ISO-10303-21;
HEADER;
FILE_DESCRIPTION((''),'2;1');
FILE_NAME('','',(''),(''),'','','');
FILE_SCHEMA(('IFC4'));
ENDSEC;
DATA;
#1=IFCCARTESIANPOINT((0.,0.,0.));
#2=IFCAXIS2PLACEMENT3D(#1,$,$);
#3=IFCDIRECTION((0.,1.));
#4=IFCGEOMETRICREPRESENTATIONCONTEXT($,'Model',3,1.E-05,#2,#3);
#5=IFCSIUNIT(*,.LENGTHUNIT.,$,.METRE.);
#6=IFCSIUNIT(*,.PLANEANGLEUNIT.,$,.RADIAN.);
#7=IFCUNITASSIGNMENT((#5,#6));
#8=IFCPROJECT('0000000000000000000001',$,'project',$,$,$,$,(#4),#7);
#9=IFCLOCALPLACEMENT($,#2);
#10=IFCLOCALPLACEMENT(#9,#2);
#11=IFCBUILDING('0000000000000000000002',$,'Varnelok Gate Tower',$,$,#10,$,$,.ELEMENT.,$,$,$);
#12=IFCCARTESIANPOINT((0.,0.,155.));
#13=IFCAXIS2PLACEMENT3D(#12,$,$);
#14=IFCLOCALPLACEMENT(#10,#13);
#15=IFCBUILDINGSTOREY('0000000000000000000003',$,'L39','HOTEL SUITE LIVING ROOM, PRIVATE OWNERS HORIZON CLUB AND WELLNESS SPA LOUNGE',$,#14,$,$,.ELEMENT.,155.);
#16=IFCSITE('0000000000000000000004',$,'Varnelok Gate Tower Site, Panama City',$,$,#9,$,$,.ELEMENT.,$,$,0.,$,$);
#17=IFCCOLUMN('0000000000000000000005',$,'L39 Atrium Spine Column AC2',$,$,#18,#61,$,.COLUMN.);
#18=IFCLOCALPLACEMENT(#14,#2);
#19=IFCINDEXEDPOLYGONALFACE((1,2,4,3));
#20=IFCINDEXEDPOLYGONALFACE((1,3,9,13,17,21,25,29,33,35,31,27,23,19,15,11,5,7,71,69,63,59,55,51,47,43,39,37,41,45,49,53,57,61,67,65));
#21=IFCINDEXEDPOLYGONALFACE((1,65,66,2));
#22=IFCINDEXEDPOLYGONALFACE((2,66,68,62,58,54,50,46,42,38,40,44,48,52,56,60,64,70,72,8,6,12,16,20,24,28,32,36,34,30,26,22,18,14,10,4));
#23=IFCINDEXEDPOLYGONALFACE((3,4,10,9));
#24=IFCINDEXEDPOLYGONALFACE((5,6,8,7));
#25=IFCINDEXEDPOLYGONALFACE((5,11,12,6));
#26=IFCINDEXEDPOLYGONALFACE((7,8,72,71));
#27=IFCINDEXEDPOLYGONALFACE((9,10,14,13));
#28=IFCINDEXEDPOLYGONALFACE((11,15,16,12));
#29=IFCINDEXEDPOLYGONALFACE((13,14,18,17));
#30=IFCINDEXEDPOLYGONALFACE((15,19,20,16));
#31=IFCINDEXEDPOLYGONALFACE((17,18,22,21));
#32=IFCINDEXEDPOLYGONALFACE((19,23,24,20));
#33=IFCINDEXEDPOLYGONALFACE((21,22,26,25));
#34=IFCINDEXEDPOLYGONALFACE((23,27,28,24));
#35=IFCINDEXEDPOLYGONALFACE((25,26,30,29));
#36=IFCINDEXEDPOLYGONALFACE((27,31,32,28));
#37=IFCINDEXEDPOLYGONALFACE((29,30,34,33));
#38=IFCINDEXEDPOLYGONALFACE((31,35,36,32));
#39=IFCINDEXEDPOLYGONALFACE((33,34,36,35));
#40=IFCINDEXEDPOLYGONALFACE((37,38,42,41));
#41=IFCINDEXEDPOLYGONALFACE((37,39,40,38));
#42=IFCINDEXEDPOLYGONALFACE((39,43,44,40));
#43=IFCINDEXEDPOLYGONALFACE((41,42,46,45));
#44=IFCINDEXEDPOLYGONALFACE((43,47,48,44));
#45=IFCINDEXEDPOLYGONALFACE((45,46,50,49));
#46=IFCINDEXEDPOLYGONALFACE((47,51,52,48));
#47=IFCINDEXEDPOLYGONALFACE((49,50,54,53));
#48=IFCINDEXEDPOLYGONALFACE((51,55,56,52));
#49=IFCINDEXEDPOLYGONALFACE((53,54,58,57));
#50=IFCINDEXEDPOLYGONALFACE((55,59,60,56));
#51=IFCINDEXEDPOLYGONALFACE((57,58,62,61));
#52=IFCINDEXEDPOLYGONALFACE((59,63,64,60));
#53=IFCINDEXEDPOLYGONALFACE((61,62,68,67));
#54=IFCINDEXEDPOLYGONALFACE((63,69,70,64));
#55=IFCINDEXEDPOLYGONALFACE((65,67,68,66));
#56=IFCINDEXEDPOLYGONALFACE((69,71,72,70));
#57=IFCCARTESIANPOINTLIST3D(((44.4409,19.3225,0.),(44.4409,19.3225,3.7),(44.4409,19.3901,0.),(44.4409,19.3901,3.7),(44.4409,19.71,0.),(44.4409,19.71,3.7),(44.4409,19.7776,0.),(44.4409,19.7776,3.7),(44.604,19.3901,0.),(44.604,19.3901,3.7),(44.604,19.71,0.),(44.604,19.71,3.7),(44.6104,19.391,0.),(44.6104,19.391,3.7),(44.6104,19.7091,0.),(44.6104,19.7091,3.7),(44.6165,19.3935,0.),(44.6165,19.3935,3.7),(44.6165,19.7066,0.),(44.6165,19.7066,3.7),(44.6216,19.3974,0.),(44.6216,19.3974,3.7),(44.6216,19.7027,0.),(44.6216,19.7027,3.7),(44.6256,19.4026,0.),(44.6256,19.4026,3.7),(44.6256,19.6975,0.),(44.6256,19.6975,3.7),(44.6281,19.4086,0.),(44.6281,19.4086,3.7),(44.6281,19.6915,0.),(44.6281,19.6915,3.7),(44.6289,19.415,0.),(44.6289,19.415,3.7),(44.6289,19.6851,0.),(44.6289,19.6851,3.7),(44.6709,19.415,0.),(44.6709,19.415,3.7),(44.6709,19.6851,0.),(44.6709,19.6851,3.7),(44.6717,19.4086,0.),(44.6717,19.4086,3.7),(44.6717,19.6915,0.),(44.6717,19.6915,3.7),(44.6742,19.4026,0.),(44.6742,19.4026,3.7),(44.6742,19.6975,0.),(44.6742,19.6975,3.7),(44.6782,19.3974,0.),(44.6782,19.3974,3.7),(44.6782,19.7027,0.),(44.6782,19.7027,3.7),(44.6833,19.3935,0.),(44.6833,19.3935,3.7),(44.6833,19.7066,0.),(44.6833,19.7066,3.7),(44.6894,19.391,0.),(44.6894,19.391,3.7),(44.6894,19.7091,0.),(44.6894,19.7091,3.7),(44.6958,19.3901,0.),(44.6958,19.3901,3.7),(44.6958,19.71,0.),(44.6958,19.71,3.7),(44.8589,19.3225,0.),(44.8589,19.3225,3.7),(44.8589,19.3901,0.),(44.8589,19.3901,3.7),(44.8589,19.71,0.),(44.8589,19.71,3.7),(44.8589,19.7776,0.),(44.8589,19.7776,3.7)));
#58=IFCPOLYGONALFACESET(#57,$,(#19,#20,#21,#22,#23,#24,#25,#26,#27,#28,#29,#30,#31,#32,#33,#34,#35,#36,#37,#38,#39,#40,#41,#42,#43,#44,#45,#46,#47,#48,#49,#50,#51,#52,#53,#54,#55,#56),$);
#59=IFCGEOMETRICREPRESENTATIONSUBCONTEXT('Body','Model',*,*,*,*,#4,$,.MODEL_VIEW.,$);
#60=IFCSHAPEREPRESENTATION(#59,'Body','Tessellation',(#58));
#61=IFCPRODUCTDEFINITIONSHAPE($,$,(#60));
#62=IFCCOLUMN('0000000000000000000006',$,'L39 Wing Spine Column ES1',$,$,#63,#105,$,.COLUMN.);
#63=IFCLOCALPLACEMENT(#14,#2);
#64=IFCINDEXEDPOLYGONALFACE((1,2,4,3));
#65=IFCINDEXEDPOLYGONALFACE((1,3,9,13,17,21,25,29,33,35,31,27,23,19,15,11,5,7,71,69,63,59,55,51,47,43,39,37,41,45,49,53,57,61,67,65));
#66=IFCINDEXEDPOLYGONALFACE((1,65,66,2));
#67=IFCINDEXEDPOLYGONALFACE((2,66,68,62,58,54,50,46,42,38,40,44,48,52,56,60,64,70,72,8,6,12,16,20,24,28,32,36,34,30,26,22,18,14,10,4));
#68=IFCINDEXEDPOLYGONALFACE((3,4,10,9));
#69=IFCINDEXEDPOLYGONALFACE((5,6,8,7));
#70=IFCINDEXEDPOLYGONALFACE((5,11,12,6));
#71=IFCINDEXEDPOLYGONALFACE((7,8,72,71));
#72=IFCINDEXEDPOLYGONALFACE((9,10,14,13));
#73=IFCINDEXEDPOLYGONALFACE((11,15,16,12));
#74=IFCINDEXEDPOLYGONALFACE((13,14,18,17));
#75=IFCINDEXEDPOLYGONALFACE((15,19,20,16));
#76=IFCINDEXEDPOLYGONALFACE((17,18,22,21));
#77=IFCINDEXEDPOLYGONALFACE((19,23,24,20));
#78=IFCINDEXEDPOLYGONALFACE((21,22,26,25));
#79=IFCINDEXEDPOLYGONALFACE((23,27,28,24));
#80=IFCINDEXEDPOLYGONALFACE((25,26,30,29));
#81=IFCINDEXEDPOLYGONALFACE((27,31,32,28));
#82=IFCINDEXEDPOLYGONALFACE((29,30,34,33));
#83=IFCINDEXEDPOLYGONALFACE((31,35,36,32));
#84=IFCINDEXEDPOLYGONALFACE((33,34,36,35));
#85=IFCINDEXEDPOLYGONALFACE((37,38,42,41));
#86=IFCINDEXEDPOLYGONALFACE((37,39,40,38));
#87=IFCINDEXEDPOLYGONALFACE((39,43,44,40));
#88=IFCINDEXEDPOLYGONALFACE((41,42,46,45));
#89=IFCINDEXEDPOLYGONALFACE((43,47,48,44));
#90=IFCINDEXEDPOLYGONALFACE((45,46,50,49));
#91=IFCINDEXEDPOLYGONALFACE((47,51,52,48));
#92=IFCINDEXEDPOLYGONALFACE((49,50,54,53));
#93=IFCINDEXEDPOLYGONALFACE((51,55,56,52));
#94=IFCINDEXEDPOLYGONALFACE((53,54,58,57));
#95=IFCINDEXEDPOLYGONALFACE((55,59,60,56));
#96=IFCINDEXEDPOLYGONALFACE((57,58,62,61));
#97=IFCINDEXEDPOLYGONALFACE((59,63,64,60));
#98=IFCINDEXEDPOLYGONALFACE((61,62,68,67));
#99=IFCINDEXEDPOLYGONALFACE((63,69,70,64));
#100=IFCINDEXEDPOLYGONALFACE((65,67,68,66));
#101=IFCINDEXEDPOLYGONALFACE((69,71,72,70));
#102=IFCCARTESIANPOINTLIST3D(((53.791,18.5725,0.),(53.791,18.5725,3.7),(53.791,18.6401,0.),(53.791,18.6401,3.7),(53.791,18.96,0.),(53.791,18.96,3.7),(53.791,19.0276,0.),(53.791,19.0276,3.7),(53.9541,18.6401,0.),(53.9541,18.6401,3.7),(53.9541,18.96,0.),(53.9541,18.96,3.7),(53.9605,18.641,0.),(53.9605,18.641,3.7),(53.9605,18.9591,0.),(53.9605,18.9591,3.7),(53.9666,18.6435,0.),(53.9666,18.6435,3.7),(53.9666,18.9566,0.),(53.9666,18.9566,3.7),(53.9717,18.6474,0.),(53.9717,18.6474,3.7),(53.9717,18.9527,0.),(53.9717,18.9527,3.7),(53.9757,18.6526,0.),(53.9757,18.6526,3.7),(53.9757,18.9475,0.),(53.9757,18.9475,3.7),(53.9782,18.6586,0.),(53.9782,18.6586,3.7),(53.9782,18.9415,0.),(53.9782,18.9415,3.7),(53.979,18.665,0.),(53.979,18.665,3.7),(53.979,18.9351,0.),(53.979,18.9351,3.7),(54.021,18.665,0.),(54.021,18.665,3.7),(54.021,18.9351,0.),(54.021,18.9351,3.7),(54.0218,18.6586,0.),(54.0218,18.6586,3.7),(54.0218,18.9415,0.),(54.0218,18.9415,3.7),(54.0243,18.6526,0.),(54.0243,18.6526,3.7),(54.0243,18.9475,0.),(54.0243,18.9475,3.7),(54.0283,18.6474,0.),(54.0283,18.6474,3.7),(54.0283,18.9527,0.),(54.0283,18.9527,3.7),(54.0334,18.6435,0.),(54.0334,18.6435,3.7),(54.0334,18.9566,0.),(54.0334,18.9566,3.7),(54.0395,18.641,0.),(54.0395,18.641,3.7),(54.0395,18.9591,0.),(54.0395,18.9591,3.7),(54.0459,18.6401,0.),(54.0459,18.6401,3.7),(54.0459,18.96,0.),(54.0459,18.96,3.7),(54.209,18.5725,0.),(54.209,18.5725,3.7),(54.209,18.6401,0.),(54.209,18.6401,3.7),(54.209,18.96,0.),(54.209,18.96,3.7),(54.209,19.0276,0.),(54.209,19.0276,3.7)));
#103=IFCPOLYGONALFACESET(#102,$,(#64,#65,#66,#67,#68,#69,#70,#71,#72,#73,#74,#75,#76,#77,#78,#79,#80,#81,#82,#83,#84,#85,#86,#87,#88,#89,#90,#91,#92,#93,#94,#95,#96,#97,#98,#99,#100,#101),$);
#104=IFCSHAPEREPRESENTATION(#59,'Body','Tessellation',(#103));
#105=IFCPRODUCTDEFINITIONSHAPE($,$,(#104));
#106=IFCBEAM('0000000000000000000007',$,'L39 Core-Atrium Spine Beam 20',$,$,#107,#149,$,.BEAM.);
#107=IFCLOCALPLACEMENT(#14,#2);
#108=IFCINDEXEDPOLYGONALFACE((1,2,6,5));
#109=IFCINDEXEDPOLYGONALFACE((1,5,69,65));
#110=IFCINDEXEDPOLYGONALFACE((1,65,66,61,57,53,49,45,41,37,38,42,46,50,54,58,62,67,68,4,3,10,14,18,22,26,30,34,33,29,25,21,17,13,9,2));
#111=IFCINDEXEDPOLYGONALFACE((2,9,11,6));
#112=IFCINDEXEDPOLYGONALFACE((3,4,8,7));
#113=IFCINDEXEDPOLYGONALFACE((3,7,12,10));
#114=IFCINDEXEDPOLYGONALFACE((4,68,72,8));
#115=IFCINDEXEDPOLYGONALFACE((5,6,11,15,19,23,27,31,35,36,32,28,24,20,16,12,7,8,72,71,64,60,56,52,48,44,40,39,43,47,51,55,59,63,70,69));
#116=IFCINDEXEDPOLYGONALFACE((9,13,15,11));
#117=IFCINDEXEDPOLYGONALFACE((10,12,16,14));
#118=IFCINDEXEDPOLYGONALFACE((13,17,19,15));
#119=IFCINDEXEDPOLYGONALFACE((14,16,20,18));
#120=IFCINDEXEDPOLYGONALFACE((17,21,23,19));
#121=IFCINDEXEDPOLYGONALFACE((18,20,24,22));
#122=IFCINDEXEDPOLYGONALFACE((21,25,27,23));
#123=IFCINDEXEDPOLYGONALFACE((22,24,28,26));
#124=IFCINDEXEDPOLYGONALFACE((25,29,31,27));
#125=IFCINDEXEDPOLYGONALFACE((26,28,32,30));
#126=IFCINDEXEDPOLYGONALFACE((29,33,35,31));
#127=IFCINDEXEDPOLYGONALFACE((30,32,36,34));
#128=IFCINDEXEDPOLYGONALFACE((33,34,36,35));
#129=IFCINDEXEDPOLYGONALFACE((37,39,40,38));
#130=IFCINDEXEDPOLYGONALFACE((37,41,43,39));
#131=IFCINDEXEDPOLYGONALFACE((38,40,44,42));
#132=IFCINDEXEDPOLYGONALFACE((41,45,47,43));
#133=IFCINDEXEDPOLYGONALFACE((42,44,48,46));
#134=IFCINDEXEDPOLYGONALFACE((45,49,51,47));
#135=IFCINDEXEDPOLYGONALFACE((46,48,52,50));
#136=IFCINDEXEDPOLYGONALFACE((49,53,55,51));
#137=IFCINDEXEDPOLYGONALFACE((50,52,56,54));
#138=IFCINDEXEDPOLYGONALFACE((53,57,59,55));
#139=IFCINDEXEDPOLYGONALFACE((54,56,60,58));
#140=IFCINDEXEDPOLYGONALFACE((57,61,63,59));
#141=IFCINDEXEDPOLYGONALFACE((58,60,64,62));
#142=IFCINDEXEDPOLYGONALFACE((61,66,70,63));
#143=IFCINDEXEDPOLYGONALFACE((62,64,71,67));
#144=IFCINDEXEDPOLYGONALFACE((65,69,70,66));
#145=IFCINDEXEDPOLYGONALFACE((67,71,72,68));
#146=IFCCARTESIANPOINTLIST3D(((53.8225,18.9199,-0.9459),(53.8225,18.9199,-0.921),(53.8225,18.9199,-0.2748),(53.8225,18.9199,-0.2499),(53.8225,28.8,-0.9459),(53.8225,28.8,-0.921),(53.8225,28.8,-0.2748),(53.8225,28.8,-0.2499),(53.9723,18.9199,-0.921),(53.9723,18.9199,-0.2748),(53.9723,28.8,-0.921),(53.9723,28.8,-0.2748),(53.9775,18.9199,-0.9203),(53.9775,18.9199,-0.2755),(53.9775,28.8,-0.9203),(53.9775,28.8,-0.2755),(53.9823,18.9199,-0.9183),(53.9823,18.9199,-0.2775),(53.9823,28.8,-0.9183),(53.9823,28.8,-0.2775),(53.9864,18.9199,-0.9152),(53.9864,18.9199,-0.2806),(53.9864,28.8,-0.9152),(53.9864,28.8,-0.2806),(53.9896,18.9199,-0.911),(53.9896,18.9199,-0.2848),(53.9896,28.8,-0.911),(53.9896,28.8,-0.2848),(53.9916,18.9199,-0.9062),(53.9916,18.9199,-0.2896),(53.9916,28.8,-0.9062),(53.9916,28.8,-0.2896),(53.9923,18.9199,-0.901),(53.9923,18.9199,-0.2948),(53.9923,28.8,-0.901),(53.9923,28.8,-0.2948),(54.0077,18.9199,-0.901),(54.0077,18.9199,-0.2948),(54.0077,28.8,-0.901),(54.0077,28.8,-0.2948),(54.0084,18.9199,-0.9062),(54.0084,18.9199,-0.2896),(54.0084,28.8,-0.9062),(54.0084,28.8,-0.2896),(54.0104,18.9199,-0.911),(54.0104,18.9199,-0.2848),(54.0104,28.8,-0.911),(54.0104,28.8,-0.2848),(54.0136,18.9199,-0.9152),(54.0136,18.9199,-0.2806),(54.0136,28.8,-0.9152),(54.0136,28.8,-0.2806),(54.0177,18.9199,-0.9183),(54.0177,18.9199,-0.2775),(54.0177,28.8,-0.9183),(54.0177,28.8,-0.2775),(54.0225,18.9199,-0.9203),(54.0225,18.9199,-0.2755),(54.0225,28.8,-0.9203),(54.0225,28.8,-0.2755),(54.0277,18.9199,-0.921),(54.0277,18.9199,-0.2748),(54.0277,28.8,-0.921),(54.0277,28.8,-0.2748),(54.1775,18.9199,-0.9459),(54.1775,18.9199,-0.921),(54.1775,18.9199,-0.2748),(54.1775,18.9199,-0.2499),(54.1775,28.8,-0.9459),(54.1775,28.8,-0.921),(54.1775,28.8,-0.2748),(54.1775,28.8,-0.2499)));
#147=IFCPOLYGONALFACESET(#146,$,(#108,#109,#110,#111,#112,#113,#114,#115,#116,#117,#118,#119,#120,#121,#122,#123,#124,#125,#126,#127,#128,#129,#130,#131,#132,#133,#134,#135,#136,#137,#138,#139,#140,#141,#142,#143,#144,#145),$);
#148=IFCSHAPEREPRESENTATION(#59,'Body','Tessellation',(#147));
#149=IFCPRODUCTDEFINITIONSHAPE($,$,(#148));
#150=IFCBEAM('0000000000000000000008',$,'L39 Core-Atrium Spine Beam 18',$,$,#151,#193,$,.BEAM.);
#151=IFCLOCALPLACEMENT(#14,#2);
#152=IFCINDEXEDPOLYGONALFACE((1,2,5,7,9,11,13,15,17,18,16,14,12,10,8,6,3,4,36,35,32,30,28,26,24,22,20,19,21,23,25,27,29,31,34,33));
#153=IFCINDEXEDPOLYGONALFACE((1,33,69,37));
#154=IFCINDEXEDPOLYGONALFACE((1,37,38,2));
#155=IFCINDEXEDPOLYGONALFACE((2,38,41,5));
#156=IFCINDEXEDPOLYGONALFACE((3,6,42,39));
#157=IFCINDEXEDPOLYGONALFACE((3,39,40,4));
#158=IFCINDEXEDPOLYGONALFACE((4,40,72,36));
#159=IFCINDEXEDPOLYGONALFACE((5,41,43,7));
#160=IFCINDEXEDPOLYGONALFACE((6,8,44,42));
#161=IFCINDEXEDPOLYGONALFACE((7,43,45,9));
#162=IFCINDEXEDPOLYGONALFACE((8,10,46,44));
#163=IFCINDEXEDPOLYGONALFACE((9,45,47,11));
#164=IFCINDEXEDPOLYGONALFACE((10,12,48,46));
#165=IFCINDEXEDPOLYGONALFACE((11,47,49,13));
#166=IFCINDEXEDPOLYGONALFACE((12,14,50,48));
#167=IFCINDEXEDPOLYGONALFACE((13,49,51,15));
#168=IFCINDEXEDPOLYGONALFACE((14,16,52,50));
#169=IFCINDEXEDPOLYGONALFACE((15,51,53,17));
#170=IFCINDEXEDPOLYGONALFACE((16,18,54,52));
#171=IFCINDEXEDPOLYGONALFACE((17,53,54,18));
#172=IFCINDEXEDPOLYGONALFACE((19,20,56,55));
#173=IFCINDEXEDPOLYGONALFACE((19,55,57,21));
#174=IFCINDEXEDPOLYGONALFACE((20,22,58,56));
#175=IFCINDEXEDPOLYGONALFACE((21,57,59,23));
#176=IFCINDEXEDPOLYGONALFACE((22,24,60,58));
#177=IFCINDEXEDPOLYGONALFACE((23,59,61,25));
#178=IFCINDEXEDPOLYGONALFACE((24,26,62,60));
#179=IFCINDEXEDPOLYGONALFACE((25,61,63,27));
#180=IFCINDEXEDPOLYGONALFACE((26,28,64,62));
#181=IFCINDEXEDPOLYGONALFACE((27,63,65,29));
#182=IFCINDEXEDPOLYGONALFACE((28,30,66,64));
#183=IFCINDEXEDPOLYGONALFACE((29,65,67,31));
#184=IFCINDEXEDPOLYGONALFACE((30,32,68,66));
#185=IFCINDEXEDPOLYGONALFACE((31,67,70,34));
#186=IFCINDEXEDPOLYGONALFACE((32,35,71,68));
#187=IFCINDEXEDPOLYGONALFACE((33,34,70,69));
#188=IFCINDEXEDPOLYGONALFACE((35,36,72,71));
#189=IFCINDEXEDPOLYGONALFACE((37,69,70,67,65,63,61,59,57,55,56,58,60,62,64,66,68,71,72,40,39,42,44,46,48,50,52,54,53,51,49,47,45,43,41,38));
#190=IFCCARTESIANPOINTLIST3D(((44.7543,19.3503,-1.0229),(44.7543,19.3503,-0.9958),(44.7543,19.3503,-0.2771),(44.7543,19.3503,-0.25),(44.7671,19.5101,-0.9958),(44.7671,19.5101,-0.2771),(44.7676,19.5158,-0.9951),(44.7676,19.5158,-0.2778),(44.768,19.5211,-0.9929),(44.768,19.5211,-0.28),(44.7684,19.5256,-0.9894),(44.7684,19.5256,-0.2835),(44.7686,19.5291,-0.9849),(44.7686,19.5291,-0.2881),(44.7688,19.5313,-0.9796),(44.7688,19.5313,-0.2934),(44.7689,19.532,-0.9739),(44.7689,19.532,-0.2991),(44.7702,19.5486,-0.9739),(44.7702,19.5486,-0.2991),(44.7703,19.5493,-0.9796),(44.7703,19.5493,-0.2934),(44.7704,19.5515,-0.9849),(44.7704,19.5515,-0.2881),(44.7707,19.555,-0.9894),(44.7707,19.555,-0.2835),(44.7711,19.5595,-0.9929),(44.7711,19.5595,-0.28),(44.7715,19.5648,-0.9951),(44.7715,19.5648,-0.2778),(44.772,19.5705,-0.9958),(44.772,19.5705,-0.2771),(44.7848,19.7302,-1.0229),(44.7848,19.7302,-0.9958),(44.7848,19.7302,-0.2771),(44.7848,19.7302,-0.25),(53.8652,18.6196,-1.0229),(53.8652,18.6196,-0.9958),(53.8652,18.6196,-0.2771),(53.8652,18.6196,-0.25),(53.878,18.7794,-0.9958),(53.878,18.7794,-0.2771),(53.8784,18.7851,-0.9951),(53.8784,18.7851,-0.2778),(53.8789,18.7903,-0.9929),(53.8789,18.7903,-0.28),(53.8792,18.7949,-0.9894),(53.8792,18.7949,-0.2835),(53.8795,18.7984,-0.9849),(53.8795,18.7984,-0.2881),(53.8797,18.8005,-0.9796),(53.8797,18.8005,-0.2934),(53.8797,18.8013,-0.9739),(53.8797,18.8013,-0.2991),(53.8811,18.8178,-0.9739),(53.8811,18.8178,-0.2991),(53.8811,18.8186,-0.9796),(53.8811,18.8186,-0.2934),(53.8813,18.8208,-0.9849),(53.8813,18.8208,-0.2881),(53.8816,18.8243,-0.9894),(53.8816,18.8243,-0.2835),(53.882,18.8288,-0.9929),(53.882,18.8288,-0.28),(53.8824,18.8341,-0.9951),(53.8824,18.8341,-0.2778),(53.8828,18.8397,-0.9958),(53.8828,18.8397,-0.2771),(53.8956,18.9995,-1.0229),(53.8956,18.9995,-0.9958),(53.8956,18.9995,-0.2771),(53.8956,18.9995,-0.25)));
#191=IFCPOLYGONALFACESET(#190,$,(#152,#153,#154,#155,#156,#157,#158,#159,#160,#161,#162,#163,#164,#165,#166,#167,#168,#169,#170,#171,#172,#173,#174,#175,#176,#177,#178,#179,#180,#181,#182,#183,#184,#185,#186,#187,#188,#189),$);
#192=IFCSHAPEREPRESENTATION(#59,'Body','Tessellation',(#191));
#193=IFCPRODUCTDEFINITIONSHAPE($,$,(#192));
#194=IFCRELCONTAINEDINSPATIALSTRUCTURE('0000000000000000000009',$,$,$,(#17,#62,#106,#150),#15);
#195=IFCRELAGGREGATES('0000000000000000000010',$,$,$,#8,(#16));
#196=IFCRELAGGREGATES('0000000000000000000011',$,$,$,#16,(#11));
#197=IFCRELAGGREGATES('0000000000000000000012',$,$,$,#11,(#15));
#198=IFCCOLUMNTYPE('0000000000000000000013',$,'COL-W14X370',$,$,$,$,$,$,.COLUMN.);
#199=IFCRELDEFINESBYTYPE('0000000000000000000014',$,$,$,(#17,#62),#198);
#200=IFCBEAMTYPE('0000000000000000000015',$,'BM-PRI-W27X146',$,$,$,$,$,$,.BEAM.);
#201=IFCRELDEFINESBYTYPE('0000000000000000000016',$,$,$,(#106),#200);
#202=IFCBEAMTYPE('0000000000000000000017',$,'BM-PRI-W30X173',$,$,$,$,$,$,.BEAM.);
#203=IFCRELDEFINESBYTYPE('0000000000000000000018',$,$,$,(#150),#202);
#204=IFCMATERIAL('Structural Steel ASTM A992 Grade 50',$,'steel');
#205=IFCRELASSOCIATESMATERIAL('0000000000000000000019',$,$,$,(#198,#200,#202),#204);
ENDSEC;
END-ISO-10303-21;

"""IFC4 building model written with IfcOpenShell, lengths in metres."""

from ifc_helpers import new_model, si_unit, direction, frame, origin, origin_2d, place, context, subcontext, project, spatial, i_section, extrude, material, material_profile, profile_set, type_object, element, save


model = new_model("IFC4")

# Units and contexts
model_context = context("Model", 3, precision=1e-05, world=origin(), true_north=direction((0.0, 1.0)))
body_context = subcontext(model_context, "Body", "Model", "MODEL_VIEW")
ifc_project = project(units=[si_unit("LENGTHUNIT", "METRE"), si_unit("PLANEANGLEUNIT", "RADIAN")], contexts=[model_context])

# Site, building, storey
site_placement = place(None, origin())
site = spatial("IfcSite", under=ifc_project, at=site_placement, Name="Varnelok Gate Tower Site, Panama City", CompositionType="ELEMENT", RefElevation=0.0)
building_placement = place(site_placement, origin())
building = spatial("IfcBuilding", under=site, at=building_placement, Name="Varnelok Gate Tower", CompositionType="ELEMENT")
storey_placement = place(building_placement, frame((0.0, 0.0, 155.0)))
storey = spatial("IfcBuildingStorey", under=building, at=storey_placement, Name="L39", Description="HOTEL SUITE LIVING ROOM, PRIVATE OWNERS HORIZON CLUB AND WELLNESS SPA LOUNGE", CompositionType="ELEMENT", Elevation=155.0)

# Columns
ifc_material_1 = material(Name="Structural Steel ASTM A992 Grade 50", Category="steel")
ifc_material_profile_1 = material_profile(ifc_material_1, i_section(OverallWidth=0.418, OverallDepth=0.4551, WebThickness=0.042, FlangeThickness=0.0676, FilletRadius=0.0249, at=origin_2d()), Name="W14X370")
ifc_profile_set_1 = profile_set([ifc_material_profile_1], Name="Structural Steel ASTM A992 Grade 50")
column_type = type_object("IfcColumnType", Name="COL-W14X370", PredefinedType="COLUMN", material=ifc_profile_set_1)
for number, where, z_axis, x_axis, name in (
    (1, (44.6499, 19.55, 0.0), (0.0, 0.0, 1.0), (1.0, 0.0, 0.0), "L39 Atrium Spine Column AC2"),
    (2, (54.0, 18.8, 0.0), (0.0, 0.0, 1.0), (1.0, 0.0, 0.0), "L39 Wing Spine Column ES1"),
):
    element("IfcColumn", number, at=place(storey_placement, frame(where, z_axis=z_axis, x_axis=x_axis)), inside=storey, type_object=column_type, Name=name, PredefinedType="COLUMN", context=body_context, shape_type="SweptSolid", body=[
        extrude(i_section(OverallWidth=0.418, OverallDepth=0.4551, WebThickness=0.042, FlangeThickness=0.0676, FilletRadius=0.0249, at=origin_2d()), origin(), (0.0, 0.0, 1.0), 3.7),
    ])

# Beams
ifc_material_profile_2 = material_profile(ifc_material_1, i_section(OverallWidth=0.355, OverallDepth=0.696, WebThickness=0.0154, FlangeThickness=0.0249, FilletRadius=0.02, at=origin_2d()), Name="W27X146")
ifc_profile_set_2 = profile_set([ifc_material_profile_2], Name="Structural Steel ASTM A992 Grade 50")
beam_type_1 = type_object("IfcBeamType", Name="BM-PRI-W27X146", PredefinedType="BEAM", material=ifc_profile_set_2)
beam_1_placement = place(storey_placement, frame((54.0, 18.9199, -0.5979), z_axis=(0.0, 1.0, 0.0), x_axis=(-1.0, 0.0, 0.0)))
element("IfcBeam", 3, at=beam_1_placement, inside=storey, type_object=beam_type_1, Name="L39 Core-Atrium Spine Beam 20", PredefinedType="BEAM", context=body_context, shape_type="SweptSolid", body=[
    extrude(i_section(OverallWidth=0.355, OverallDepth=0.696, WebThickness=0.0154, FlangeThickness=0.0249, FilletRadius=0.02, at=origin_2d()), origin(), (0.0, 0.0, 1.0), 9.8801),
])
ifc_material_profile_3 = material_profile(ifc_material_1, i_section(OverallWidth=0.3811, OverallDepth=0.7729, WebThickness=0.0166, FlangeThickness=0.0271, FilletRadius=0.022, at=origin_2d()), Name="W30X173")
ifc_profile_set_3 = profile_set([ifc_material_profile_3], Name="Structural Steel ASTM A992 Grade 50")
beam_type_2 = type_object("IfcBeamType", Name="BM-PRI-W30X173", PredefinedType="BEAM", material=ifc_profile_set_3)
beam_2_placement = place(storey_placement, frame((44.7695, 19.5403, -0.6365), z_axis=(0.996799, -0.079946, 0.0), x_axis=(0.079946, 0.996799, 0.0)))
element("IfcBeam", 4, at=beam_2_placement, inside=storey, type_object=beam_type_2, Name="L39 Core-Atrium Spine Beam 18", PredefinedType="BEAM", context=body_context, shape_type="SweptSolid", body=[
    extrude(i_section(OverallWidth=0.3811, OverallDepth=0.7729, WebThickness=0.0166, FlangeThickness=0.0271, FilletRadius=0.022, at=origin_2d()), origin(), (0.0, 0.0, 1.0), 9.1401),
])

save(model, "model.ifc")
